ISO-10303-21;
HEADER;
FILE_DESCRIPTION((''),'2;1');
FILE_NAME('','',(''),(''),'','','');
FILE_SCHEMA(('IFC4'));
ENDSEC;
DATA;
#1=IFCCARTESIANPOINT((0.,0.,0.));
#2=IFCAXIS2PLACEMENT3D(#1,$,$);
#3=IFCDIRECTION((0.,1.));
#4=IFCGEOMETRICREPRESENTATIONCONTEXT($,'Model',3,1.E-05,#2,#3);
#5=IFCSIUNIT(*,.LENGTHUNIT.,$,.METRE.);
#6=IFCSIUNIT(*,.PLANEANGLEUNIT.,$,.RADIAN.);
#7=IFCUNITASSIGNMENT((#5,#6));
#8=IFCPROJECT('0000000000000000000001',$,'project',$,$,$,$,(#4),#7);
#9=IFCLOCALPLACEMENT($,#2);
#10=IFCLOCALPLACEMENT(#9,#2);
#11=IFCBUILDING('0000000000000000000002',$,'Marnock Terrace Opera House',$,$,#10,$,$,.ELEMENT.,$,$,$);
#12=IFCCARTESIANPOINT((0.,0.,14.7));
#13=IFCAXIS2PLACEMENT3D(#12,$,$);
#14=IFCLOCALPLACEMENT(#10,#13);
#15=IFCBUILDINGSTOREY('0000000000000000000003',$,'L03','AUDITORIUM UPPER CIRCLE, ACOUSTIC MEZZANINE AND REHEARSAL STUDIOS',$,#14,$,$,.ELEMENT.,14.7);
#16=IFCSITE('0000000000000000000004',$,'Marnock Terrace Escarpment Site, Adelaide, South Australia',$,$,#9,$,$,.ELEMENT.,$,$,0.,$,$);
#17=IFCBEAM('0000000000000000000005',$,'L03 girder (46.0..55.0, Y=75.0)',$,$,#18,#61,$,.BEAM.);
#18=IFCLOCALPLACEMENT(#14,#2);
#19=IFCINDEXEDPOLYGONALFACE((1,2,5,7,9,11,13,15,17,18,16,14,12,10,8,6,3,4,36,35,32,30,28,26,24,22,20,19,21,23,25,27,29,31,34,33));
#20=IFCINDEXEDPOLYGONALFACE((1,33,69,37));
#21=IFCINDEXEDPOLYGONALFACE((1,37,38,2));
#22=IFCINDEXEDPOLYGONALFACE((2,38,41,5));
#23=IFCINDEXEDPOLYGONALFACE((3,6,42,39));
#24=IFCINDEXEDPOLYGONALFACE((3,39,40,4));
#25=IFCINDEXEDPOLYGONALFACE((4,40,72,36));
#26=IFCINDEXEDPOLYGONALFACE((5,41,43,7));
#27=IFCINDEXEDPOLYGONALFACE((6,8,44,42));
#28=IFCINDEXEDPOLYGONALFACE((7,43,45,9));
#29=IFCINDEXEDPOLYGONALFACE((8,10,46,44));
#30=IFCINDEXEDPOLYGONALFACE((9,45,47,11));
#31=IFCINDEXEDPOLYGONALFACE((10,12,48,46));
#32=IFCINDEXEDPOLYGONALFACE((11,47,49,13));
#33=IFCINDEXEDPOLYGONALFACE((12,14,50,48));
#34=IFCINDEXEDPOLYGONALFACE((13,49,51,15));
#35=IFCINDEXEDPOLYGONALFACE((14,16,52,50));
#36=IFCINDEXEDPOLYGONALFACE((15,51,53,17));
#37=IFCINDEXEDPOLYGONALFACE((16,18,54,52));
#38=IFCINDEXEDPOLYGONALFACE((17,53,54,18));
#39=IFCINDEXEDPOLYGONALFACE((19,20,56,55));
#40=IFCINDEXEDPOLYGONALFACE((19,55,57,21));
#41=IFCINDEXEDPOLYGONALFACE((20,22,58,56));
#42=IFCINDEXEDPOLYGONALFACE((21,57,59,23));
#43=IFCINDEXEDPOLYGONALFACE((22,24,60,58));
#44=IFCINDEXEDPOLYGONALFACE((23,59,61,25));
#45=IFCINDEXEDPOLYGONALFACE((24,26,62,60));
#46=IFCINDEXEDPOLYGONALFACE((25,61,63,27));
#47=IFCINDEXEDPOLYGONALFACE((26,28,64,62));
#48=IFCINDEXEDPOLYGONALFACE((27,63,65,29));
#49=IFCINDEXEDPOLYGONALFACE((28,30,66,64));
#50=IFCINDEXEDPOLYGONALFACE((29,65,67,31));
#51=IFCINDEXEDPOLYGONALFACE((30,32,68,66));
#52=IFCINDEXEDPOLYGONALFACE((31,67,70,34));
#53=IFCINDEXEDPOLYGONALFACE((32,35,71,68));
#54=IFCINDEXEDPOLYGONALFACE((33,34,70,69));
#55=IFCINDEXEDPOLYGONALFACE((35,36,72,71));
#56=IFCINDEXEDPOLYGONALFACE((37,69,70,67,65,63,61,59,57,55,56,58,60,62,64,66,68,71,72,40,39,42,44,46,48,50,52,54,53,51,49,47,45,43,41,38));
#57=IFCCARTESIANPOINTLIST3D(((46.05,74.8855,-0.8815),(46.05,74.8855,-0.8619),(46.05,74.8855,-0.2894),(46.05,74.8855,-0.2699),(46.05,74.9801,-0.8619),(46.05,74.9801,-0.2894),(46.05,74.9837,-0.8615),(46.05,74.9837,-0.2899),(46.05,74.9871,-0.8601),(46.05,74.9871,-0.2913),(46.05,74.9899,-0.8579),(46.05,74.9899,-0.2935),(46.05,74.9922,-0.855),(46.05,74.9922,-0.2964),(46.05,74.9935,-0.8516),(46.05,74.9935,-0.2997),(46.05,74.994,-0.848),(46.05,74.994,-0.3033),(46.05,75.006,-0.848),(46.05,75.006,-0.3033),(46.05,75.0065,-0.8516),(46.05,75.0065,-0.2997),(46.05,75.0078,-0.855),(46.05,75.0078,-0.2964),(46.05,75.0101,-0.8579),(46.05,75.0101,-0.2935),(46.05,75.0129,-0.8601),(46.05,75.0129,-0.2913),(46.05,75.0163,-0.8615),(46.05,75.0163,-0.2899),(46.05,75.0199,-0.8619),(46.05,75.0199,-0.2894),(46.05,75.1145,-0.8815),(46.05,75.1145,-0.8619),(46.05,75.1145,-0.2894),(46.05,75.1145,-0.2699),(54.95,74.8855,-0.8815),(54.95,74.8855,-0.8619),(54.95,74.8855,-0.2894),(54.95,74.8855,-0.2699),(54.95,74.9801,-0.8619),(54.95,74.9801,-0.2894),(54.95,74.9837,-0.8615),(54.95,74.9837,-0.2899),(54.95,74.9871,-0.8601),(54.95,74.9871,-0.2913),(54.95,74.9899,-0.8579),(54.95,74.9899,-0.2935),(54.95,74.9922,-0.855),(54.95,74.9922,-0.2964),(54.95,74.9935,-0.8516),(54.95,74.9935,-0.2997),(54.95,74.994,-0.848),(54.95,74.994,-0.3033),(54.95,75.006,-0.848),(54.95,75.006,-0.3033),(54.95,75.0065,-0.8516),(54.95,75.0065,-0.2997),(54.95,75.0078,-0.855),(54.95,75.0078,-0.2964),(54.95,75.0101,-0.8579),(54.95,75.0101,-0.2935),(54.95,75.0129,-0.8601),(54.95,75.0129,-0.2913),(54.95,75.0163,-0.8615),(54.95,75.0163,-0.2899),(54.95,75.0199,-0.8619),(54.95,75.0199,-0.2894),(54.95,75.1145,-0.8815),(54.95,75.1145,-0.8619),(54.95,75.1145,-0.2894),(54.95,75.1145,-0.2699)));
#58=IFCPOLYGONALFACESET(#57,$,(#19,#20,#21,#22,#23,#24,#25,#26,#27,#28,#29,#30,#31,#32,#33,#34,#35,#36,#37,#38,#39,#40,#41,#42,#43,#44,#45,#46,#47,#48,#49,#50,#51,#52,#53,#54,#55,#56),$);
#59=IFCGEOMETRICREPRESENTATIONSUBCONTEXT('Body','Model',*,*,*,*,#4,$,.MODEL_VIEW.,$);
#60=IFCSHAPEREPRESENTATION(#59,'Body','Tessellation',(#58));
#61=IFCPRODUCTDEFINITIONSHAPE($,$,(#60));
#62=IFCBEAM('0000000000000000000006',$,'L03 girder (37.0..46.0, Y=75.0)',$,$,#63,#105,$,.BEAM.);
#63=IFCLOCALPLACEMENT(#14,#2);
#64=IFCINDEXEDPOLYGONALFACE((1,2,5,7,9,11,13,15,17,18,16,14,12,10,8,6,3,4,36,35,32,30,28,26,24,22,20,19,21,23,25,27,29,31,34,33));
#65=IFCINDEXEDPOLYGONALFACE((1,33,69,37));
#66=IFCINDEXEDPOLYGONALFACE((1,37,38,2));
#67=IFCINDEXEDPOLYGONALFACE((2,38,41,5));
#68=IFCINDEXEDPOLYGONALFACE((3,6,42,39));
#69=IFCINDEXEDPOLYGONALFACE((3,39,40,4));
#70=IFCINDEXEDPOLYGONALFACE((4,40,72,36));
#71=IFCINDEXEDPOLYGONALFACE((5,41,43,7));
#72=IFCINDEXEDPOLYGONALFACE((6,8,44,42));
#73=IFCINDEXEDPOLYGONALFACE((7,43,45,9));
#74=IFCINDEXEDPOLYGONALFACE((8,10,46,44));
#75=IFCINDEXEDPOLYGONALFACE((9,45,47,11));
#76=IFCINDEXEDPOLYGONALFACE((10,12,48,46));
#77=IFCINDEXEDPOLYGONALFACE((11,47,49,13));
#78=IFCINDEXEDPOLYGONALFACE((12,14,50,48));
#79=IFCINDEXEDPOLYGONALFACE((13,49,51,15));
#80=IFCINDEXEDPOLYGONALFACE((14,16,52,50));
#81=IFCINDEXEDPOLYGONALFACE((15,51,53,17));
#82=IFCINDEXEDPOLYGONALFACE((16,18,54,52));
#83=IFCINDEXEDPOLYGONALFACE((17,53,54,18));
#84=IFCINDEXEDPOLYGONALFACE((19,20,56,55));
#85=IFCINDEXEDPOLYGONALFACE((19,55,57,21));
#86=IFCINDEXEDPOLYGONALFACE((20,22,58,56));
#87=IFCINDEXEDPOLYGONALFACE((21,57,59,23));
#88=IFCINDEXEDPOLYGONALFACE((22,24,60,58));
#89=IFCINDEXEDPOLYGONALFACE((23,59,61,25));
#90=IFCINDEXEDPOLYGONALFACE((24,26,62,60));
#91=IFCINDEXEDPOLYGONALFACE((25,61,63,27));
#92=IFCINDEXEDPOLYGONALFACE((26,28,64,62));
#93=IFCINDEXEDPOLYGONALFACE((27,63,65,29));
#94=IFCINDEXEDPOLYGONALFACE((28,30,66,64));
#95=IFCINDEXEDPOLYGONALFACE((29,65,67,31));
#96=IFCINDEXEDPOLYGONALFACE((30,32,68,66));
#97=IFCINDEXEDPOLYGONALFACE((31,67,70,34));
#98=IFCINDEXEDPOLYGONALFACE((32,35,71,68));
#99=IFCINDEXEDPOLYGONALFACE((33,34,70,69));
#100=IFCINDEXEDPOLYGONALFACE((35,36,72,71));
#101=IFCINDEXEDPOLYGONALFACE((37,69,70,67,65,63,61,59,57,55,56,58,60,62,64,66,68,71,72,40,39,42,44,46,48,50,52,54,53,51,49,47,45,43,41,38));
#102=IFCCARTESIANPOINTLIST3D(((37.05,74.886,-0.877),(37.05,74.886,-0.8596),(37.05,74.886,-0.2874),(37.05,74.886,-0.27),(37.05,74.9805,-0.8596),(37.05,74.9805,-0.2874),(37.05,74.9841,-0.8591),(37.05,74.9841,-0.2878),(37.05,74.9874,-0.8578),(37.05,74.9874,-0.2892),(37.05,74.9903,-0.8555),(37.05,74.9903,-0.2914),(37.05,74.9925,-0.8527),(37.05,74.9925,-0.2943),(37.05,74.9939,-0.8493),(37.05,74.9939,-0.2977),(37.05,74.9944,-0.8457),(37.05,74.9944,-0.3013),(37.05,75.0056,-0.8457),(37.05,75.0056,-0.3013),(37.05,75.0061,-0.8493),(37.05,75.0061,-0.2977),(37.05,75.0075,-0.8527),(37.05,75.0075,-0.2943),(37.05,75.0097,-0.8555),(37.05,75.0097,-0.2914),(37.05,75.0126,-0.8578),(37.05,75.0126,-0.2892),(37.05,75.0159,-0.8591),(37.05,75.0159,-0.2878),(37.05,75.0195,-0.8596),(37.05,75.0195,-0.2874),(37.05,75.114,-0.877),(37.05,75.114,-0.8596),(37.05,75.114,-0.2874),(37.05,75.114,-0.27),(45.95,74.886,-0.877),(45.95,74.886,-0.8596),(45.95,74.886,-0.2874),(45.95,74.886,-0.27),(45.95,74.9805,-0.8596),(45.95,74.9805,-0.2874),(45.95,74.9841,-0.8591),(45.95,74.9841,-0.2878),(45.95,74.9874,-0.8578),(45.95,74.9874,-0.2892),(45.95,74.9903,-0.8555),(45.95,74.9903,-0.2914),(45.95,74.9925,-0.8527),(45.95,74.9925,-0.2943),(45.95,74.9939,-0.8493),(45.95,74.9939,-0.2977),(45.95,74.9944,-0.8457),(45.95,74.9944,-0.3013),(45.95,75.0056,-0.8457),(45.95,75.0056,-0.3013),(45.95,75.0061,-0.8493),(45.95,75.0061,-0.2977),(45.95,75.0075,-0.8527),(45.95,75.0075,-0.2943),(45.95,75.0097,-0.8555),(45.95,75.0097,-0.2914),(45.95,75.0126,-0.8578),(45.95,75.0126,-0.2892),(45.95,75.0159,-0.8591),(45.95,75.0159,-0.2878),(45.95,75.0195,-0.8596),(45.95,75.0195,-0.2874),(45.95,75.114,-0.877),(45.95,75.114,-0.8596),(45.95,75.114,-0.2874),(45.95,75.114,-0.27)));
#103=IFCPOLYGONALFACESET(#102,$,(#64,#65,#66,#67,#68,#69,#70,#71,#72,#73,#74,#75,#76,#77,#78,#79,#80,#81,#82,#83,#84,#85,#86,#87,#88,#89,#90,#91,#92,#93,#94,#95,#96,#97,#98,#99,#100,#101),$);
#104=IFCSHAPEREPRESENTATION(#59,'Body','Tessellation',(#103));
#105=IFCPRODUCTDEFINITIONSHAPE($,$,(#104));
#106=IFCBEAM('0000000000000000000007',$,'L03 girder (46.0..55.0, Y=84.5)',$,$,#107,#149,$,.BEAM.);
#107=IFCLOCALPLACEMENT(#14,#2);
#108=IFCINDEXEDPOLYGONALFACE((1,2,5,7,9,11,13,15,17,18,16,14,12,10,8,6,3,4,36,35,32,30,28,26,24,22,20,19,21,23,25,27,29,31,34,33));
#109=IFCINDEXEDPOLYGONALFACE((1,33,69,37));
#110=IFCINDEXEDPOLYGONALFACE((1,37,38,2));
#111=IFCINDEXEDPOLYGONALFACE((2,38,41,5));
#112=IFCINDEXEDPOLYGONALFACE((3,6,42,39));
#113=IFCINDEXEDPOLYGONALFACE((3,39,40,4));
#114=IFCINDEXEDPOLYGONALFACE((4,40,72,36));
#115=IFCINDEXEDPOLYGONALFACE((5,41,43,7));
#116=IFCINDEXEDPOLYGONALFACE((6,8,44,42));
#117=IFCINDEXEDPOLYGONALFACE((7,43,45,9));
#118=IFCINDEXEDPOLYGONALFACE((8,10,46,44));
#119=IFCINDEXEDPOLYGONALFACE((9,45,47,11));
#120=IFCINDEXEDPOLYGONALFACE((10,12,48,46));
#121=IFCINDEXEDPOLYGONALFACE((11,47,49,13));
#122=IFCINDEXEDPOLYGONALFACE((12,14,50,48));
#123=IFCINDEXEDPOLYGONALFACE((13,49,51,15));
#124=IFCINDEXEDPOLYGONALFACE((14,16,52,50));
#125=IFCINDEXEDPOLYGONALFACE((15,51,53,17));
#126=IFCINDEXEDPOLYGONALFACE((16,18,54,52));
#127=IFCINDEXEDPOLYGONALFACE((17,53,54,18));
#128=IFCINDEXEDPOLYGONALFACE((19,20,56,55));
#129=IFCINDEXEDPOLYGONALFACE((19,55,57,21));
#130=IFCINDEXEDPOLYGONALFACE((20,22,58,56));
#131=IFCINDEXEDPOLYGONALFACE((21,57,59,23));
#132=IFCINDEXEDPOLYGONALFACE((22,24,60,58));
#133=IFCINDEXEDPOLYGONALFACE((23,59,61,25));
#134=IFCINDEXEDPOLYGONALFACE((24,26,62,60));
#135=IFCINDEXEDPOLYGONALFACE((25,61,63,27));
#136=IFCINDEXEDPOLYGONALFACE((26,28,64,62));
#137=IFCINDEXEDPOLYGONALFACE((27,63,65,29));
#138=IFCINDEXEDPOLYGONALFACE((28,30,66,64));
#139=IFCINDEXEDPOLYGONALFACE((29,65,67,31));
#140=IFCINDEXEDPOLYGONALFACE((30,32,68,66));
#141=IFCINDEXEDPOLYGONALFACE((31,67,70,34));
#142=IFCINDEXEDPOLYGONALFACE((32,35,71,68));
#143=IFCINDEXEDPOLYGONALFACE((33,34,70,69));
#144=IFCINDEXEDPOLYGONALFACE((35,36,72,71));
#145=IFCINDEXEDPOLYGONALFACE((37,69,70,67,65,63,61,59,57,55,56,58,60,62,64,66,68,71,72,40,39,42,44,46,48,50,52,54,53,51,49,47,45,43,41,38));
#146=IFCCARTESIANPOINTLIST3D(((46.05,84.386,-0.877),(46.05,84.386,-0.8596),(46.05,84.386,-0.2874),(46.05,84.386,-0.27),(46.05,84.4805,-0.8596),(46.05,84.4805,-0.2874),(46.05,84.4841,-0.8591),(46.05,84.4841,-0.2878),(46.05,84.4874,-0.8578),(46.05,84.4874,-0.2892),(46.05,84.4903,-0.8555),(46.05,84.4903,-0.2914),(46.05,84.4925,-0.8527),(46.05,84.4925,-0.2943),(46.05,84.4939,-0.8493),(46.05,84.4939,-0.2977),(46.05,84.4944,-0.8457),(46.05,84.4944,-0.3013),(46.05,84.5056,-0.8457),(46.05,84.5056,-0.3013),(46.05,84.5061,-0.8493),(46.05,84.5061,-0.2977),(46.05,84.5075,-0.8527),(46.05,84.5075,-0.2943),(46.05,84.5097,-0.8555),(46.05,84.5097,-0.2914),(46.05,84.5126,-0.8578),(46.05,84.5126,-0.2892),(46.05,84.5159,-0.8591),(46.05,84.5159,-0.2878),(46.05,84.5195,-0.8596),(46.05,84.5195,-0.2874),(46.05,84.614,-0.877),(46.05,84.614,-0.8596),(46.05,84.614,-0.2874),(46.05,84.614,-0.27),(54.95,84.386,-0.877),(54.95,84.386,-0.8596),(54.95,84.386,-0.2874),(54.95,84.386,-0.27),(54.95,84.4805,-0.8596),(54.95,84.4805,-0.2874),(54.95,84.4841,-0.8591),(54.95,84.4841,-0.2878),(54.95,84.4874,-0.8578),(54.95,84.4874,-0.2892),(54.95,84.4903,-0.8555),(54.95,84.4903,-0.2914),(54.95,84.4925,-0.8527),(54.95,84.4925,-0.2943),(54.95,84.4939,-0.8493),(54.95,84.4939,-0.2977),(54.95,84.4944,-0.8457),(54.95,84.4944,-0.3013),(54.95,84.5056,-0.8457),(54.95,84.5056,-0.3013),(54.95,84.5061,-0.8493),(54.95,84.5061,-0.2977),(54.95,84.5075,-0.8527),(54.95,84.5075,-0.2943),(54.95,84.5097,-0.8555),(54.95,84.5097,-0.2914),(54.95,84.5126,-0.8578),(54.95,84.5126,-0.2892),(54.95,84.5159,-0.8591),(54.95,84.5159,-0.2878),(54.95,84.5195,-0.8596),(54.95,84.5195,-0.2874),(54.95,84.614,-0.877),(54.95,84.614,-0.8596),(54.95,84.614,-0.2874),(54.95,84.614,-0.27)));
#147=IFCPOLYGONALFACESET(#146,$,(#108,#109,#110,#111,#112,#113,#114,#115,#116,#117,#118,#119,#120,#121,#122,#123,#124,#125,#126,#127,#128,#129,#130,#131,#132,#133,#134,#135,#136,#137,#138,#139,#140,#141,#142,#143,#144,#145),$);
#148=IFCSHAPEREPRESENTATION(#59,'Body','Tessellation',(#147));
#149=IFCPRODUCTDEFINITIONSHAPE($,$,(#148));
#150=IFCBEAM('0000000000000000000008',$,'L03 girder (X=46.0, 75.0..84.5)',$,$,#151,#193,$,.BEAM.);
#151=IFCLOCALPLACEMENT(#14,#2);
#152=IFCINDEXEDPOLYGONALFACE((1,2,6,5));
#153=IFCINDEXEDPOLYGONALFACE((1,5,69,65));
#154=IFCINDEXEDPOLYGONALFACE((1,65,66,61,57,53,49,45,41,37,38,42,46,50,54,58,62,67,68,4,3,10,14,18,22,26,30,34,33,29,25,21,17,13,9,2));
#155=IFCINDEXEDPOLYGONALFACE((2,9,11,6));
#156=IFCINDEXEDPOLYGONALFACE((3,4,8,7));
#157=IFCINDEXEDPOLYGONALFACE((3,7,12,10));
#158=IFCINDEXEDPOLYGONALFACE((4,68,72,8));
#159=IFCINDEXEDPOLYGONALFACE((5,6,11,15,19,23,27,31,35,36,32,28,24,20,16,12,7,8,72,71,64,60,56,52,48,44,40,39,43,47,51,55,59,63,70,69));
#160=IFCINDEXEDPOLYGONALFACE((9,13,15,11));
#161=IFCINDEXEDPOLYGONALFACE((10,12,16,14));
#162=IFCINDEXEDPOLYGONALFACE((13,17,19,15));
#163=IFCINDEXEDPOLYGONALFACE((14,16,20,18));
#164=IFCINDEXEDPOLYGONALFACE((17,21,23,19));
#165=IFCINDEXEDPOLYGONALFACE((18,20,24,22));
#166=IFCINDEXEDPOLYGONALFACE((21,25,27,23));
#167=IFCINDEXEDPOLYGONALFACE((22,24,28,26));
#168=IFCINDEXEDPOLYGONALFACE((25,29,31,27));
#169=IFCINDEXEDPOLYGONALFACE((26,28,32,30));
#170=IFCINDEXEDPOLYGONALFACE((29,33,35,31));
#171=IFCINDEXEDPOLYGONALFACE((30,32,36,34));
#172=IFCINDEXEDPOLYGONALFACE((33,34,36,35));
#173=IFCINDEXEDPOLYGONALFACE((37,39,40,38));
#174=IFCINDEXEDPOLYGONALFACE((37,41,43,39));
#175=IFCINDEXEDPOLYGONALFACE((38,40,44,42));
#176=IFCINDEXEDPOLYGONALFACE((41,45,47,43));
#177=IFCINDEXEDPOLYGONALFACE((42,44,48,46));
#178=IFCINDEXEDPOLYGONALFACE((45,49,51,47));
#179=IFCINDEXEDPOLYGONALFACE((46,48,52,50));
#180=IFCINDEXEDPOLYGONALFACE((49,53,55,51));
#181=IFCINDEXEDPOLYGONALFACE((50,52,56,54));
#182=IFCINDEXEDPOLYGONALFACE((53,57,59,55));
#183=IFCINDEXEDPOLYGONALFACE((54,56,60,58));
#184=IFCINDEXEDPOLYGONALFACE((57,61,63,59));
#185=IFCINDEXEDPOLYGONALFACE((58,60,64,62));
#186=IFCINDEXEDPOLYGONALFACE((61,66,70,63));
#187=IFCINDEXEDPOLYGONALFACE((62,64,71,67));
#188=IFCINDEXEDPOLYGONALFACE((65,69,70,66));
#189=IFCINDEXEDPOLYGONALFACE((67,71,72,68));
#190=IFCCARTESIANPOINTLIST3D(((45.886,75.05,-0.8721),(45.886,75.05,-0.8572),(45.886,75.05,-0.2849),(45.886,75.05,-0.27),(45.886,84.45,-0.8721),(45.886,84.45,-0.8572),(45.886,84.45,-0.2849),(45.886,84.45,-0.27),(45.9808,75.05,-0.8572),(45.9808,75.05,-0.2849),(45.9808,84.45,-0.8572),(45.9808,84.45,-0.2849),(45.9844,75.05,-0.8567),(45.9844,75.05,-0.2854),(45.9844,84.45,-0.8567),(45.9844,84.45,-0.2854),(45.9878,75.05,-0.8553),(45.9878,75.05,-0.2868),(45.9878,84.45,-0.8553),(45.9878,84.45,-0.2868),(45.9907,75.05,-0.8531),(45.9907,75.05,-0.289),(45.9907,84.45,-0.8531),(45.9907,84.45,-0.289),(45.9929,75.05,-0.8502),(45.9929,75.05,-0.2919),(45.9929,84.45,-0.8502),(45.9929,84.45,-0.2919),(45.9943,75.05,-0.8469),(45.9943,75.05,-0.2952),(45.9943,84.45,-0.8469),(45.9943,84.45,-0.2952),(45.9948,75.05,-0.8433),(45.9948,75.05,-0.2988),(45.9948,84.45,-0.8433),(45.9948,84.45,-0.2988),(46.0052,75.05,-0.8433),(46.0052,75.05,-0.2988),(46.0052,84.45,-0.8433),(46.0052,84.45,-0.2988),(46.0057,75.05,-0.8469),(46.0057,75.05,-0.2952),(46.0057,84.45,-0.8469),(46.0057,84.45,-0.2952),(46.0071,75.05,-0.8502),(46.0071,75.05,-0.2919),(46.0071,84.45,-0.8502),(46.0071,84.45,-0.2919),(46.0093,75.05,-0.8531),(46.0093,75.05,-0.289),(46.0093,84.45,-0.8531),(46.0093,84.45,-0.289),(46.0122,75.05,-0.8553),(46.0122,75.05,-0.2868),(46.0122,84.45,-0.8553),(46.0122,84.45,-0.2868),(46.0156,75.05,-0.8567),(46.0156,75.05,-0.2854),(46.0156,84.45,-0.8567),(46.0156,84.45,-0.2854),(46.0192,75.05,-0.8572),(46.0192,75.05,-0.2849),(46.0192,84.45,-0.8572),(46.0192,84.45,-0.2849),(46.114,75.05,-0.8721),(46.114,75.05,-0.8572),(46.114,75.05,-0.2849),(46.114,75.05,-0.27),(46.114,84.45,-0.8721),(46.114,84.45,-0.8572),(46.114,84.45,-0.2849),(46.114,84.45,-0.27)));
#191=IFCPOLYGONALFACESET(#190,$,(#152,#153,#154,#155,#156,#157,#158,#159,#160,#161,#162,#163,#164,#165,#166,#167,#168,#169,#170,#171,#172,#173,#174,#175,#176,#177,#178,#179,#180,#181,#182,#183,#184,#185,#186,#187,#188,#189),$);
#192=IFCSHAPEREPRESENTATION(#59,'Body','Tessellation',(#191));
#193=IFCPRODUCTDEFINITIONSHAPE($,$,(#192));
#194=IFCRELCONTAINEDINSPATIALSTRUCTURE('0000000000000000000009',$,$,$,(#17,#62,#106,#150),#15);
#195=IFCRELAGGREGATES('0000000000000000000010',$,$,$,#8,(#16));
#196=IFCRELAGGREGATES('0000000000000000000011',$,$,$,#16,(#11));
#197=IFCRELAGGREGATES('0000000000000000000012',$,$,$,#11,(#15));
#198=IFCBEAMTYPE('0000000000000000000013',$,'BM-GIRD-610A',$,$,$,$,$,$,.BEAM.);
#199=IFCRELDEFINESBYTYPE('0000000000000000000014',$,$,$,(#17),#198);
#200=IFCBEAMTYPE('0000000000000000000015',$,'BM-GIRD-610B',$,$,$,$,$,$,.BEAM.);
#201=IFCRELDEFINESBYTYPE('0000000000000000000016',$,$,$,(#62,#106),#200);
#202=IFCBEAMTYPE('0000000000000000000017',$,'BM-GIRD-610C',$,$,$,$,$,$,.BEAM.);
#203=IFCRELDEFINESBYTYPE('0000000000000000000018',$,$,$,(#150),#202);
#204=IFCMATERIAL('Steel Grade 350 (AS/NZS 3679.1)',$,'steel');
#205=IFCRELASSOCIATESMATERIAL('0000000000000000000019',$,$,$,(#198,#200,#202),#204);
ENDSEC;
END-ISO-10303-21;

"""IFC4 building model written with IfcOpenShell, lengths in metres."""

from ifc_helpers import new_model, si_unit, direction, frame, origin, origin_2d, place, context, subcontext, project, spatial, i_section, extrude, material, material_profile, profile_set, type_object, element, save


model = new_model("IFC4")

# Units and contexts
model_context = context("Model", 3, precision=1e-05, world=origin(), true_north=direction((0.0, 1.0)))
body_context = subcontext(model_context, "Body", "Model", "MODEL_VIEW")
ifc_project = project(units=[si_unit("LENGTHUNIT", "METRE"), si_unit("PLANEANGLEUNIT", "RADIAN")], contexts=[model_context])

# Site, building, storey
site_placement = place(None, origin())
site = spatial("IfcSite", under=ifc_project, at=site_placement, Name="Marnock Terrace Escarpment Site, Adelaide, South Australia", CompositionType="ELEMENT", RefElevation=0.0)
building_placement = place(site_placement, origin())
building = spatial("IfcBuilding", under=site, at=building_placement, Name="Marnock Terrace Opera House", CompositionType="ELEMENT")
storey_placement = place(building_placement, frame((0.0, 0.0, 14.7)))
storey = spatial("IfcBuildingStorey", under=building, at=storey_placement, Name="L03", Description="AUDITORIUM UPPER CIRCLE, ACOUSTIC MEZZANINE AND REHEARSAL STUDIOS", CompositionType="ELEMENT", Elevation=14.7)

# Beams
ifc_material_1 = material(Name="Steel Grade 350 (AS/NZS 3679.1)", Category="steel")
ifc_material_profile_1 = material_profile(ifc_material_1, i_section(OverallWidth=0.229, OverallDepth=0.6116, WebThickness=0.012, FlangeThickness=0.0195, FilletRadius=0.0139, at=origin_2d()))
ifc_profile_set_1 = profile_set([ifc_material_profile_1], Name="Steel Grade 350 (AS/NZS 3679.1)")
beam_type_1 = type_object("IfcBeamType", Name="BM-GIRD-610A", PredefinedType="BEAM", material=ifc_profile_set_1)
beam_1_placement = place(storey_placement, frame((46.05, 75.0, -0.5757), z_axis=(1.0, 0.0, 0.0), x_axis=(0.0, 1.0, 0.0)))
element("IfcBeam", 1, at=beam_1_placement, inside=storey, type_object=beam_type_1, Name="L03 girder (46.0..55.0, Y=75.0)", PredefinedType="BEAM", context=body_context, shape_type="SweptSolid", body=[
    extrude(i_section(OverallWidth=0.229, OverallDepth=0.6116, WebThickness=0.012, FlangeThickness=0.0195, FilletRadius=0.0139, at=origin_2d()), origin(), (0.0, 0.0, 1.0), 8.8999),
])
ifc_material_profile_2 = material_profile(ifc_material_1, i_section(OverallWidth=0.228, OverallDepth=0.6069, WebThickness=0.0112, FlangeThickness=0.0173, FilletRadius=0.0139, at=origin_2d()))
ifc_profile_set_2 = profile_set([ifc_material_profile_2], Name="Steel Grade 350 (AS/NZS 3679.1)")
beam_type_2 = type_object("IfcBeamType", Name="BM-GIRD-610B", PredefinedType="BEAM", material=ifc_profile_set_2)
for number, where, z_axis, x_axis, name in (
    (2, (37.05, 75.0, -0.5735), (1.0, 0.0, 0.0), (0.0, 1.0, 0.0), "L03 girder (37.0..46.0, Y=75.0)"),
    (3, (46.05, 84.5, -0.5735), (1.0, 0.0, 0.0), (0.0, 1.0, 0.0), "L03 girder (46.0..55.0, Y=84.5)"),
):
    element("IfcBeam", number, at=place(storey_placement, frame(where, z_axis=z_axis, x_axis=x_axis)), inside=storey, type_object=beam_type_2, Name=name, PredefinedType="BEAM", context=body_context, shape_type="SweptSolid", body=[
        extrude(i_section(OverallWidth=0.228, OverallDepth=0.6069, WebThickness=0.0112, FlangeThickness=0.0173, FilletRadius=0.0139, at=origin_2d()), origin(), (0.0, 0.0, 1.0), 8.8999),
    ])
ifc_material_profile_3 = material_profile(ifc_material_1, i_section(OverallWidth=0.228, OverallDepth=0.6021, WebThickness=0.0105, FlangeThickness=0.0149, FilletRadius=0.0139, at=origin_2d()))
ifc_profile_set_3 = profile_set([ifc_material_profile_3], Name="Steel Grade 350 (AS/NZS 3679.1)")
beam_type_3 = type_object("IfcBeamType", Name="BM-GIRD-610C", PredefinedType="BEAM", material=ifc_profile_set_3)
beam_2_placement = place(storey_placement, frame((46.0, 75.05, -0.571), z_axis=(0.0, 1.0, 0.0), x_axis=(-1.0, 0.0, 0.0)))
element("IfcBeam", 4, at=beam_2_placement, inside=storey, type_object=beam_type_3, Name="L03 girder (X=46.0, 75.0..84.5)", PredefinedType="BEAM", context=body_context, shape_type="SweptSolid", body=[
    extrude(i_section(OverallWidth=0.228, OverallDepth=0.6021, WebThickness=0.0105, FlangeThickness=0.0149, FilletRadius=0.0139, at=origin_2d()), origin(), (0.0, 0.0, 1.0), 9.3999),
])

save(model, "model.ifc")
